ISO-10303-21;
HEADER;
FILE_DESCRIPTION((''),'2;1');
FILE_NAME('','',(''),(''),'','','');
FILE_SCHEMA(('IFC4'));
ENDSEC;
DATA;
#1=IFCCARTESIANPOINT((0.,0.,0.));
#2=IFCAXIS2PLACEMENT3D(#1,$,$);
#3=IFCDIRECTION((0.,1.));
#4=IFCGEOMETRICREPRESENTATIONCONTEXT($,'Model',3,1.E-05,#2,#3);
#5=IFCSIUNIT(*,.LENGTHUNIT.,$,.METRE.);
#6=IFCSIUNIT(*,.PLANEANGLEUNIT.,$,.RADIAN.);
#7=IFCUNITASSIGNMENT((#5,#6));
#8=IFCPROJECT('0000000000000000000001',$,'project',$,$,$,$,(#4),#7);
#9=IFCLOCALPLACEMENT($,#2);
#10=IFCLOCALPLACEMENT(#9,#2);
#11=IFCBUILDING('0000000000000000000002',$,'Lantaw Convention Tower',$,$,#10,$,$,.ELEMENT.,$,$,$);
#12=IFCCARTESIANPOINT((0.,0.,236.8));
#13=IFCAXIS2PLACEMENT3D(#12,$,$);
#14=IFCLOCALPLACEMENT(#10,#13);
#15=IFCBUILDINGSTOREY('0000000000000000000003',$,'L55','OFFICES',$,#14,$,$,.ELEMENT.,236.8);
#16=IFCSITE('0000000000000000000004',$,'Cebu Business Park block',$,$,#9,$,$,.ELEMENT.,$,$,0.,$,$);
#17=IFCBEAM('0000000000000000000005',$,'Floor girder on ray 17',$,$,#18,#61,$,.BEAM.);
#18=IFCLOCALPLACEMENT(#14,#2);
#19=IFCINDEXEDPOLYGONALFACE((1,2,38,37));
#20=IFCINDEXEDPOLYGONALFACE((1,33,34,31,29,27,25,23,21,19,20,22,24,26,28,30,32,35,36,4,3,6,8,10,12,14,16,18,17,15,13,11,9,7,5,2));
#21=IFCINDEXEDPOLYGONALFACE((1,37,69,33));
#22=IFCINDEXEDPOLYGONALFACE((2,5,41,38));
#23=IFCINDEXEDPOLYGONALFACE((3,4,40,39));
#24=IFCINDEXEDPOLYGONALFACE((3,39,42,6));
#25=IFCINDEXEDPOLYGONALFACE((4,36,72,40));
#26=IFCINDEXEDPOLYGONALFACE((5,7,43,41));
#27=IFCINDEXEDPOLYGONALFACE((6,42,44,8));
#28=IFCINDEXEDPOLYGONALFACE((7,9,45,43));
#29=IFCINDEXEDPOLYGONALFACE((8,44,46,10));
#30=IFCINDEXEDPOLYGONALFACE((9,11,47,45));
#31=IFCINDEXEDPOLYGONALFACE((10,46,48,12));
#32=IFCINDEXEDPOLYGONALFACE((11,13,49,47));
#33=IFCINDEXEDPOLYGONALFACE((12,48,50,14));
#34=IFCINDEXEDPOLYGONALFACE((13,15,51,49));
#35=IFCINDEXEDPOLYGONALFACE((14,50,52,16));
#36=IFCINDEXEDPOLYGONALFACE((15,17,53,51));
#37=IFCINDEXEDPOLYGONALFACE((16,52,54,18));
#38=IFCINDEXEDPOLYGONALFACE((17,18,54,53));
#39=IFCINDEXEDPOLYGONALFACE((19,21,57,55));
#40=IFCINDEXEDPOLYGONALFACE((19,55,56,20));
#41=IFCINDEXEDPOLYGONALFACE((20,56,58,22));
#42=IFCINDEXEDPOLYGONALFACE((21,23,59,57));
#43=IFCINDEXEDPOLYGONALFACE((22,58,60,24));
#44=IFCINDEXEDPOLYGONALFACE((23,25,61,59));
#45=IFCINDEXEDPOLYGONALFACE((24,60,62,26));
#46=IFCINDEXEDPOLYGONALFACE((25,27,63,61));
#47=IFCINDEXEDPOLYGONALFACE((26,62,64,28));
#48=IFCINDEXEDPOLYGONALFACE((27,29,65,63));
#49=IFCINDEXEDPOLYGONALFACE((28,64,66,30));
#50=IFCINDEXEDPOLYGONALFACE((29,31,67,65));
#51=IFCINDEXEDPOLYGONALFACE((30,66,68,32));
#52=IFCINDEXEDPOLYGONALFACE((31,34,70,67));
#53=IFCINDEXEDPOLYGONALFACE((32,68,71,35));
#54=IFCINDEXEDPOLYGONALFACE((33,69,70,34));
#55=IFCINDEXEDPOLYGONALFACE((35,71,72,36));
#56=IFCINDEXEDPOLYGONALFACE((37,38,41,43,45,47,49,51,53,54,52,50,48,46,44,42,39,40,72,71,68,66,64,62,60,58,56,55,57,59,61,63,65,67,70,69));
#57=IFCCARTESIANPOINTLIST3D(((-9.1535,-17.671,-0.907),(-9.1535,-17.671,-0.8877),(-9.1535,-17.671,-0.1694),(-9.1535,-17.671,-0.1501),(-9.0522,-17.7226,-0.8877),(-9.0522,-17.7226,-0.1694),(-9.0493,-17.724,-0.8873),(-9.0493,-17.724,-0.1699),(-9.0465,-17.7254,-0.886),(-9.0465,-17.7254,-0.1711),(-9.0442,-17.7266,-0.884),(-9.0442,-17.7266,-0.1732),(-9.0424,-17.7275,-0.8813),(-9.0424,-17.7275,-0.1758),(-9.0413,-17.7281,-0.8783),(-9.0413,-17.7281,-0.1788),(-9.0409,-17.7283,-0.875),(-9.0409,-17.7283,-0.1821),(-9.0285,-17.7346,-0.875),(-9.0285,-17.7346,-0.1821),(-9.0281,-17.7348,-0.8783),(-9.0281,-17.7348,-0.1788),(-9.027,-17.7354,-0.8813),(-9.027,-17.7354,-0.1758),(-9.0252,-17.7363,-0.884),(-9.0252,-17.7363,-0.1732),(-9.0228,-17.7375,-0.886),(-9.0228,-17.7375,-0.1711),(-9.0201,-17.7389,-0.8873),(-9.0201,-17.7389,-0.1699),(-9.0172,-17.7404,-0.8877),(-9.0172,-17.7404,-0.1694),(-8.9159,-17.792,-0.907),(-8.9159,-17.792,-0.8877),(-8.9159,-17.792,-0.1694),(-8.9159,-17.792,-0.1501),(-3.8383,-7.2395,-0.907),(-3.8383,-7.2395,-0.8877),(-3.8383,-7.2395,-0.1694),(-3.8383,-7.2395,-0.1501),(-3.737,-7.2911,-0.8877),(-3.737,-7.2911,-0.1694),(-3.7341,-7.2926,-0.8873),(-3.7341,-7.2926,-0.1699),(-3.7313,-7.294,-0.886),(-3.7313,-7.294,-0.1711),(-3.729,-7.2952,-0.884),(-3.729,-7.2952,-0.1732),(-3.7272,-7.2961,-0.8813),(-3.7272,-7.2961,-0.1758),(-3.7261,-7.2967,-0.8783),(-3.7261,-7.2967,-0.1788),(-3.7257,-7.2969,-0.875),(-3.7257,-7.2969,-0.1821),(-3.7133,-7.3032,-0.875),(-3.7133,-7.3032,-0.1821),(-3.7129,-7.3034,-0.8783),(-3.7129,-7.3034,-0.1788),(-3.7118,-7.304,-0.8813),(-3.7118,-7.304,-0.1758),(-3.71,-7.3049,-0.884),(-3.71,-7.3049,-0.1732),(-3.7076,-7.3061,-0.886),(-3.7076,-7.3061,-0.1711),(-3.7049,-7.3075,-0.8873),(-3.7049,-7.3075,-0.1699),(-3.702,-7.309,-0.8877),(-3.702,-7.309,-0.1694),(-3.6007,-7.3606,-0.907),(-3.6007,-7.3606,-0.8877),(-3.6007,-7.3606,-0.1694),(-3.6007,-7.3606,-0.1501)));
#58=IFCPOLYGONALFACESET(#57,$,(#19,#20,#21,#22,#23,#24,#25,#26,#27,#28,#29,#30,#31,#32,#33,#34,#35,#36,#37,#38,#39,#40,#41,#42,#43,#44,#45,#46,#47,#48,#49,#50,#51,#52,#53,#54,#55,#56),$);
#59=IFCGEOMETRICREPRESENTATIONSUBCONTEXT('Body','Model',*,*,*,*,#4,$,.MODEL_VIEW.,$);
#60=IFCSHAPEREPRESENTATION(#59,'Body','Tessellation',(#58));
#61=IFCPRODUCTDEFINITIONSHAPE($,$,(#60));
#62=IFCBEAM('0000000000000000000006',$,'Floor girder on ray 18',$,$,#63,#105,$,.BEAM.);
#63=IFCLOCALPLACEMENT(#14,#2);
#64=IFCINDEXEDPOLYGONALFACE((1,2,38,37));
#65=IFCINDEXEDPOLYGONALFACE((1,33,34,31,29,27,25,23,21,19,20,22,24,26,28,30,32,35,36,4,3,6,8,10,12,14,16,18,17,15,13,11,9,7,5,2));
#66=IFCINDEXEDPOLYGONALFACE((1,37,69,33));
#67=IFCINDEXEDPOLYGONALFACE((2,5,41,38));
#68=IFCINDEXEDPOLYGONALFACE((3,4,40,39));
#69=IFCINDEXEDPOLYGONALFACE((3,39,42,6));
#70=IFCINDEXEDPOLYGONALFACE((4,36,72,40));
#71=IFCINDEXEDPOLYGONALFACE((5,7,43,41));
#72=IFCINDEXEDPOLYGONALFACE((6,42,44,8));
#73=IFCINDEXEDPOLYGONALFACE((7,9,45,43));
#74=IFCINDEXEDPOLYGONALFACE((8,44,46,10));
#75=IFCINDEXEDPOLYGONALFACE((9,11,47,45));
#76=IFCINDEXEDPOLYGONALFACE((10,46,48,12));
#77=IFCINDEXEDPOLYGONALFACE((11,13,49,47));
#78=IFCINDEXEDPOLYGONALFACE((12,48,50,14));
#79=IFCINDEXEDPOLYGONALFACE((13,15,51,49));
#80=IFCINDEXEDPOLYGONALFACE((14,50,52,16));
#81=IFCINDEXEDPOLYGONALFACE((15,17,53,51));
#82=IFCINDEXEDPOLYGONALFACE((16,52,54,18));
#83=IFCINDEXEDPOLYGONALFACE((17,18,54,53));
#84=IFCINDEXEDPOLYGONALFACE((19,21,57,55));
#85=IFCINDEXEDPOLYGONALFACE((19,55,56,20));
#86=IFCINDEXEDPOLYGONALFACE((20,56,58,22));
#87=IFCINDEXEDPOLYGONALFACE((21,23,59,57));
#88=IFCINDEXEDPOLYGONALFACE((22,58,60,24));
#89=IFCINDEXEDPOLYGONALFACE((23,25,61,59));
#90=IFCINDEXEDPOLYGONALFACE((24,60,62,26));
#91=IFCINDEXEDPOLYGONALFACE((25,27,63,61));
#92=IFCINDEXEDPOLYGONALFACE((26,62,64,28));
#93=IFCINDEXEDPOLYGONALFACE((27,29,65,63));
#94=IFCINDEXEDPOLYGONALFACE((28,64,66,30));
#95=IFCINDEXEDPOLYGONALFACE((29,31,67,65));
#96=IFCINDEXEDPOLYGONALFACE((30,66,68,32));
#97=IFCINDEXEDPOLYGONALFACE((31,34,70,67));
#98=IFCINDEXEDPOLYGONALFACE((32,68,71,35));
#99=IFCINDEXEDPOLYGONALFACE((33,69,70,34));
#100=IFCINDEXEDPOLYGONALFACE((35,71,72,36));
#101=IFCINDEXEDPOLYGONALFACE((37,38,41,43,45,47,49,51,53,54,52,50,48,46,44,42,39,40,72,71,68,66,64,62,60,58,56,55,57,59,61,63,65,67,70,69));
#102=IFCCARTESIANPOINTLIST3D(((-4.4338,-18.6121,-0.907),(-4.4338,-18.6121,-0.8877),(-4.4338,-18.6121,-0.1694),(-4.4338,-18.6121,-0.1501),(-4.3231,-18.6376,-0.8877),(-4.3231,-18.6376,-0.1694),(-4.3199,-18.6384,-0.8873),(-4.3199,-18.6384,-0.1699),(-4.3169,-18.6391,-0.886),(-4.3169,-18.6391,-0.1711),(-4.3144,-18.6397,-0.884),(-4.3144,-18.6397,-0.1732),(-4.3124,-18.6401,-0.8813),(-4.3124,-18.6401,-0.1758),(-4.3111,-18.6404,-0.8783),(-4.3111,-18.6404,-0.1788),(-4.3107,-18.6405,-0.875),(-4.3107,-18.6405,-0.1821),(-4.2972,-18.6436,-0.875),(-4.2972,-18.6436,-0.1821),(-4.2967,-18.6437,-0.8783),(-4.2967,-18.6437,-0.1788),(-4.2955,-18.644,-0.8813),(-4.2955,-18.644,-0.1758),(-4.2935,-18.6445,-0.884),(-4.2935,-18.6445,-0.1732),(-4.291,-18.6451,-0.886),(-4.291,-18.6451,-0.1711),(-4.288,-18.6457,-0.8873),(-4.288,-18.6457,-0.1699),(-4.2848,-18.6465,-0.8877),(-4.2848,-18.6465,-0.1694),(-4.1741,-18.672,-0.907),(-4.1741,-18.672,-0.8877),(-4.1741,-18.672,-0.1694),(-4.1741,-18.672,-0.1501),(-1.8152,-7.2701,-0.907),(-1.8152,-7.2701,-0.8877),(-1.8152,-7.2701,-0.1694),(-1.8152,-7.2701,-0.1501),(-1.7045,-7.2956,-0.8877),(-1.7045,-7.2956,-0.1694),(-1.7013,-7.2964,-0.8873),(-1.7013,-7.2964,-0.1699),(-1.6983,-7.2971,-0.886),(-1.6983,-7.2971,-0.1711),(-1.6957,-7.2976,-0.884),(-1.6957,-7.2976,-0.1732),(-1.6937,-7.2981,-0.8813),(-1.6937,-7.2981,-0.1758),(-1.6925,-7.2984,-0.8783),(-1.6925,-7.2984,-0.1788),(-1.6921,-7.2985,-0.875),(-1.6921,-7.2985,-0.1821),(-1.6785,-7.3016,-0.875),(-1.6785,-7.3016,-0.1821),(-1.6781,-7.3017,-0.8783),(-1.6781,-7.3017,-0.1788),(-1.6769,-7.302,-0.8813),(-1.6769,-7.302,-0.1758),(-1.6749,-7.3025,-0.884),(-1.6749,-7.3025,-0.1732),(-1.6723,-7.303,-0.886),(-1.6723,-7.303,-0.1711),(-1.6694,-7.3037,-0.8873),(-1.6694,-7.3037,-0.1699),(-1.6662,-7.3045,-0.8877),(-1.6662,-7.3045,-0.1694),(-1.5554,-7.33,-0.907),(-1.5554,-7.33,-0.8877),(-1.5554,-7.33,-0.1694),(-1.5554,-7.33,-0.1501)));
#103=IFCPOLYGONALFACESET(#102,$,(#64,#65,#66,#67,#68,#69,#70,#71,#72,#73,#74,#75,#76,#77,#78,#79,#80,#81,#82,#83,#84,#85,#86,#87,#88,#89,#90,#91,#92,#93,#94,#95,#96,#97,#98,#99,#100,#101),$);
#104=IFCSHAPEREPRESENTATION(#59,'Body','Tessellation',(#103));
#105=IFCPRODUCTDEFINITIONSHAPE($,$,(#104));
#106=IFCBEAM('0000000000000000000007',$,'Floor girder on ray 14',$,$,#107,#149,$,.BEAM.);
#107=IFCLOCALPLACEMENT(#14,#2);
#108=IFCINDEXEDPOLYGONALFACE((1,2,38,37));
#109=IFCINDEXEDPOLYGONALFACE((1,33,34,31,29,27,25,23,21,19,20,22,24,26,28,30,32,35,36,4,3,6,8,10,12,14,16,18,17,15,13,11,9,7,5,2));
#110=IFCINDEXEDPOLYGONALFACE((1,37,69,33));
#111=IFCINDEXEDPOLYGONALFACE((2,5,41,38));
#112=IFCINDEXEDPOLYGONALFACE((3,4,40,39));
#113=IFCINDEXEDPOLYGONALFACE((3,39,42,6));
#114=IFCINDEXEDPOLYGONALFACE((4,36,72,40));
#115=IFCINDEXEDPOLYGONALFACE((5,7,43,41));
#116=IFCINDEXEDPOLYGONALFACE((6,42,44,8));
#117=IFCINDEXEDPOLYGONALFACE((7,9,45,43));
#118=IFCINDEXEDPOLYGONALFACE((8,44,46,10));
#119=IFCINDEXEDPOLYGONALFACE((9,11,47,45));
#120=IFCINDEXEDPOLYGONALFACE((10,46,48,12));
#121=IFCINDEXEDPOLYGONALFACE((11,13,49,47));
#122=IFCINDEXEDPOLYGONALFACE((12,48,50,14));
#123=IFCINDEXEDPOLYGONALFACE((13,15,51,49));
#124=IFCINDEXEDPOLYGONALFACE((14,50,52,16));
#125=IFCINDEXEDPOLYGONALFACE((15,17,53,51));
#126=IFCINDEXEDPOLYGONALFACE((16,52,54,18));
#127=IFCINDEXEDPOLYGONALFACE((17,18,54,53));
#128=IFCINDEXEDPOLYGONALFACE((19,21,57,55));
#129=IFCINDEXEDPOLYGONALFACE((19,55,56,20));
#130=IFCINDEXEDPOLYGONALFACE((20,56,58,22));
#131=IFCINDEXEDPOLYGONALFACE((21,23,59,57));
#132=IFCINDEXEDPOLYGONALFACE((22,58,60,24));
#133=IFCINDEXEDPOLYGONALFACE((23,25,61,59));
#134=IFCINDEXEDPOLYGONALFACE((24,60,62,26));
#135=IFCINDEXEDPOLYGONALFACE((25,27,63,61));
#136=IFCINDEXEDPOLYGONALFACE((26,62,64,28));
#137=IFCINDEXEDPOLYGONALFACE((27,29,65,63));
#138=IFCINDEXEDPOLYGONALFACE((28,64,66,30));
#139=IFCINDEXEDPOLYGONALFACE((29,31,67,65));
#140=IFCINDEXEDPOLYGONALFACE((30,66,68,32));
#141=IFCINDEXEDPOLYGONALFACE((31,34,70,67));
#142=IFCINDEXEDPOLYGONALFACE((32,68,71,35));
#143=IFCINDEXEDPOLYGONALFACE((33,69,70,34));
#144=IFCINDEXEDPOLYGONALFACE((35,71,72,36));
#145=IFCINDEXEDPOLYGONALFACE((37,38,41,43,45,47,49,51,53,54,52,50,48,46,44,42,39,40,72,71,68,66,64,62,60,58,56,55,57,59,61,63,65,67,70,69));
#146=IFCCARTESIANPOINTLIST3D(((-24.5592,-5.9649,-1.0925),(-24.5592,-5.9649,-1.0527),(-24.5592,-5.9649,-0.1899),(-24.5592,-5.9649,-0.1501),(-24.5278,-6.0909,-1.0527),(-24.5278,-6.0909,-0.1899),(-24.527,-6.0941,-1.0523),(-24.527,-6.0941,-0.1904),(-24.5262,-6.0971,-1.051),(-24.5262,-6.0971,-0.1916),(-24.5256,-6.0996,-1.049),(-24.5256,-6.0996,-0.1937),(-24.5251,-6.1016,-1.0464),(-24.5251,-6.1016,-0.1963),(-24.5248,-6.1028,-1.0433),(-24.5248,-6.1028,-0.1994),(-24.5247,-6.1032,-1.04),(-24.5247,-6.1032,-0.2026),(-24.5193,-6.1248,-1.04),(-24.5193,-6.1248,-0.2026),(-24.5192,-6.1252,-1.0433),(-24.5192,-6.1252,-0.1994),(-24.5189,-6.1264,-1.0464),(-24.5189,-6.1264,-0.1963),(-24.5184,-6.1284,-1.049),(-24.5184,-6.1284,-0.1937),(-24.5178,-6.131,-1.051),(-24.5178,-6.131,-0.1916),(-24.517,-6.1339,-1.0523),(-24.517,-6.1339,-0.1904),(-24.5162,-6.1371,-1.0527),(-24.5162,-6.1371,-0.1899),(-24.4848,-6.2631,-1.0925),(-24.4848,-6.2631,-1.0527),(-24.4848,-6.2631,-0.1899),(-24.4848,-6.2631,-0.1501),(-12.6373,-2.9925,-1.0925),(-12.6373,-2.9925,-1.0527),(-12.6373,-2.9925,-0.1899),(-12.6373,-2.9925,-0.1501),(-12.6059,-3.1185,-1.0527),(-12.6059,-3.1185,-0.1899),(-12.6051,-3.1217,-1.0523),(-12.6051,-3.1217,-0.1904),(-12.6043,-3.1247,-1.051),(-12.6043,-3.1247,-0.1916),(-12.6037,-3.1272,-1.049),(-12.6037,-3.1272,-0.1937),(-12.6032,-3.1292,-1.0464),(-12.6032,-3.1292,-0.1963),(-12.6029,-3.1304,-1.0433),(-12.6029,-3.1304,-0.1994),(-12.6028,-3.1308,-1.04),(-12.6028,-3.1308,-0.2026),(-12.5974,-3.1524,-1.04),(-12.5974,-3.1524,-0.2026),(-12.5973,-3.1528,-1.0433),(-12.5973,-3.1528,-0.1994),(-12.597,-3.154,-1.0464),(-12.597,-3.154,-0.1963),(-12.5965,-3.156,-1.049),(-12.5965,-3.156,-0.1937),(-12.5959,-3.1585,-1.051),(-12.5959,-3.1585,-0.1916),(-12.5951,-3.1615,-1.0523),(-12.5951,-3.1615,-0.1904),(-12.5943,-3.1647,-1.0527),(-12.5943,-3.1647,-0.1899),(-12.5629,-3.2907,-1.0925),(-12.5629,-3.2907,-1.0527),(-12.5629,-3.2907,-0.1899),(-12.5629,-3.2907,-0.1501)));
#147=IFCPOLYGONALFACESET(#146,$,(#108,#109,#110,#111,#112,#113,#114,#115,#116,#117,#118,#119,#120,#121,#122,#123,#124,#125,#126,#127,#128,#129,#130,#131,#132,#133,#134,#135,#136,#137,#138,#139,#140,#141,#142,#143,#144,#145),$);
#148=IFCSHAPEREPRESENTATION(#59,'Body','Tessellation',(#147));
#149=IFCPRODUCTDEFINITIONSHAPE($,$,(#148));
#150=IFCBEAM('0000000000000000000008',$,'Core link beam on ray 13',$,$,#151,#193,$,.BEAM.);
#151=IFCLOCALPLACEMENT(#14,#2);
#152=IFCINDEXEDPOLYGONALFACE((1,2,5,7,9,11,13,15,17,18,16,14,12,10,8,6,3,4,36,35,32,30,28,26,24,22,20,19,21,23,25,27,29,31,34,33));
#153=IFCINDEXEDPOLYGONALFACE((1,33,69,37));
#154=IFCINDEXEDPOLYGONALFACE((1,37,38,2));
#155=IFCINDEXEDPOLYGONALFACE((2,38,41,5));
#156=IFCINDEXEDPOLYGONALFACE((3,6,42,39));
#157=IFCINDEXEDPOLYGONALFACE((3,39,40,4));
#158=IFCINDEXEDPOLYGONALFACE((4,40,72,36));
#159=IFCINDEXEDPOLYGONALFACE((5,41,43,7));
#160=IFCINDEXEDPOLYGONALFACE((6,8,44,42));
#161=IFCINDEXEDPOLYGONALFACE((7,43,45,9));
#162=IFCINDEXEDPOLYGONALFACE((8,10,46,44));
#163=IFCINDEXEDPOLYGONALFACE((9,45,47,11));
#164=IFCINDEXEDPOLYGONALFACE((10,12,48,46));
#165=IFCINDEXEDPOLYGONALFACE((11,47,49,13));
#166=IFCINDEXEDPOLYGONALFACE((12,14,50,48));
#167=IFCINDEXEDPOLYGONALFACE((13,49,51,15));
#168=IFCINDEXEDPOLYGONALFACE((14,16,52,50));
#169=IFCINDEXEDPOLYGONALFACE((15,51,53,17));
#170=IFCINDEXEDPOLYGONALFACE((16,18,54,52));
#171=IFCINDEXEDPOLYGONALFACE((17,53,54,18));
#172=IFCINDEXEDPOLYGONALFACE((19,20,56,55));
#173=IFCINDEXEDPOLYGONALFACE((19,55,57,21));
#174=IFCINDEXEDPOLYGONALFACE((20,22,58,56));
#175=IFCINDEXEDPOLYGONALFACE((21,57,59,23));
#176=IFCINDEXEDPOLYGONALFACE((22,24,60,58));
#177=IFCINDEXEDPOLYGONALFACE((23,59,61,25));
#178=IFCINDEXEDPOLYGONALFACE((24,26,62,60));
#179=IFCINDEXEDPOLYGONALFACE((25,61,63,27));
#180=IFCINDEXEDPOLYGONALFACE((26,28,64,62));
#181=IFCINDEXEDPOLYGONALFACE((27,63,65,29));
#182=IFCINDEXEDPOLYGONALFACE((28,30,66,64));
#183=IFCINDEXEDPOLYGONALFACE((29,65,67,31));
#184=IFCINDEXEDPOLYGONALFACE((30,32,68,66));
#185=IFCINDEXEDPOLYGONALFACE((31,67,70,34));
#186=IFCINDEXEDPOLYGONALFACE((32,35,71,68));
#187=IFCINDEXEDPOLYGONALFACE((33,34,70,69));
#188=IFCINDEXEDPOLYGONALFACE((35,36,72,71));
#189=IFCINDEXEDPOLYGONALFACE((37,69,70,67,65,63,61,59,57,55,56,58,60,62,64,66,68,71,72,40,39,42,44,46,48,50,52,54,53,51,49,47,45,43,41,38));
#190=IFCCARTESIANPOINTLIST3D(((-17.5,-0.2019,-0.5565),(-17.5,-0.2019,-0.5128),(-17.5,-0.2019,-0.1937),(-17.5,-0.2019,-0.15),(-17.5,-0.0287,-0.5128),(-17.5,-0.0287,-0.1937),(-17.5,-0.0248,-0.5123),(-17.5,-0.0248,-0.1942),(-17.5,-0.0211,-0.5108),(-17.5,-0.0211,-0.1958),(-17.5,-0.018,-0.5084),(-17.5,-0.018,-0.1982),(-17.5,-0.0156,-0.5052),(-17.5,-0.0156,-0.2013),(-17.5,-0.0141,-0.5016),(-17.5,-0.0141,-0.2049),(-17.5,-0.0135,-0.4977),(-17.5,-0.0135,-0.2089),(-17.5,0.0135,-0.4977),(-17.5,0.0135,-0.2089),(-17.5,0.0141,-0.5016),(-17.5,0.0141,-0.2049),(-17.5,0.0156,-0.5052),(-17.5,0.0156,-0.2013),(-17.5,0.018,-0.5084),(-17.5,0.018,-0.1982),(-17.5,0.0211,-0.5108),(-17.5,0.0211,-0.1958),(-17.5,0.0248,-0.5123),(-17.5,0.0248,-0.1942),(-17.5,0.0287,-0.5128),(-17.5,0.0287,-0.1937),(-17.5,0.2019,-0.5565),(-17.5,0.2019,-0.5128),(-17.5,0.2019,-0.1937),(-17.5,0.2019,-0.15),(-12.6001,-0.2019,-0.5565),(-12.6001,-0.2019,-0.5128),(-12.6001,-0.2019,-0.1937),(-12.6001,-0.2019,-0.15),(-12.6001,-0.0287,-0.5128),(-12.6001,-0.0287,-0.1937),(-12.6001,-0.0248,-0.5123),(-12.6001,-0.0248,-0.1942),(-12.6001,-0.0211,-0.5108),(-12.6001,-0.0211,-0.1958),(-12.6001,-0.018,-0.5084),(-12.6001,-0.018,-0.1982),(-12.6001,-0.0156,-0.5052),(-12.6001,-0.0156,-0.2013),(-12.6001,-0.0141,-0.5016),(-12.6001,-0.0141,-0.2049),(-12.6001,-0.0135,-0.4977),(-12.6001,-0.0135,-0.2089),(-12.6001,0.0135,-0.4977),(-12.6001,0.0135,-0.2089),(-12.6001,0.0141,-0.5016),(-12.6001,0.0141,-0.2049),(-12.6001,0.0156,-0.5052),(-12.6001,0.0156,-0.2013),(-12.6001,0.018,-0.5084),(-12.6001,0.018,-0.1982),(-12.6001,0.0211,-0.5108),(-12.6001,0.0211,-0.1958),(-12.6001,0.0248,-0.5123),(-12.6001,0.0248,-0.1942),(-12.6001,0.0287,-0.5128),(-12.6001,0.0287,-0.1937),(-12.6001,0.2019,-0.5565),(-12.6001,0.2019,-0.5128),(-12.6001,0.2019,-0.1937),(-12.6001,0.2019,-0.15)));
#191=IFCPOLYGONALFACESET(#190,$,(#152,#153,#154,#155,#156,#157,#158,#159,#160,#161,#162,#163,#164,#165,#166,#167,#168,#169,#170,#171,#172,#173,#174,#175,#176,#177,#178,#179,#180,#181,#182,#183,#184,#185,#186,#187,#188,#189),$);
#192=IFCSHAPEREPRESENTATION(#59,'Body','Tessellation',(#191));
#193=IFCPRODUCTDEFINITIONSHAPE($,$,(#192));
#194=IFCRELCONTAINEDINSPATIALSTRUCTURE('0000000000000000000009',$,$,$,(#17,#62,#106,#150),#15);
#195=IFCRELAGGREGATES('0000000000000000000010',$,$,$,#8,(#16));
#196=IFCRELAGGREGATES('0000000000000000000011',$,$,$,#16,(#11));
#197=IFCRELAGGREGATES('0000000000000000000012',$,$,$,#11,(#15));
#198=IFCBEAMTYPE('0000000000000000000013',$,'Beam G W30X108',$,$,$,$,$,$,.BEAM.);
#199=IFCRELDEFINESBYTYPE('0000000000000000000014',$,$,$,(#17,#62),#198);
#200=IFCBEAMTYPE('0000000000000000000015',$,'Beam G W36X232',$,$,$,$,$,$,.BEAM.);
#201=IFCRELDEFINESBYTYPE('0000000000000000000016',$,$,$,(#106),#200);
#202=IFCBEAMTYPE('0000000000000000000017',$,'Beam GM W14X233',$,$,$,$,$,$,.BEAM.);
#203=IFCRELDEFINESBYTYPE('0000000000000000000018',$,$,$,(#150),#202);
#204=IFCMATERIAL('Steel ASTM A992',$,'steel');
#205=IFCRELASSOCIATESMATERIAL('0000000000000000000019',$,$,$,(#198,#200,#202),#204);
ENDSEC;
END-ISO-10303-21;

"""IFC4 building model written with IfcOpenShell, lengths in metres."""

from ifc_helpers import new_model, si_unit, direction, frame, origin, origin_2d, place, context, subcontext, project, spatial, i_section, extrude, material, material_profile, profile_set, type_object, element, save


model = new_model("IFC4")

# Units and contexts
model_context = context("Model", 3, precision=1e-05, world=origin(), true_north=direction((0.0, 1.0)))
body_context = subcontext(model_context, "Body", "Model", "MODEL_VIEW")
ifc_project = project(units=[si_unit("LENGTHUNIT", "METRE"), si_unit("PLANEANGLEUNIT", "RADIAN")], contexts=[model_context])

# Site, building, storey
site_placement = place(None, origin())
site = spatial("IfcSite", under=ifc_project, at=site_placement, Name="Cebu Business Park block", CompositionType="ELEMENT", RefElevation=0.0)
building_placement = place(site_placement, origin())
building = spatial("IfcBuilding", under=site, at=building_placement, Name="Lantaw Convention Tower", CompositionType="ELEMENT")
storey_placement = place(building_placement, frame((0.0, 0.0, 236.8)))
storey = spatial("IfcBuildingStorey", under=building, at=storey_placement, Name="L55", Description="OFFICES", CompositionType="ELEMENT", Elevation=236.8)

# Beams
ifc_material_1 = material(Name="Steel ASTM A992", Category="steel")
ifc_material_profile_1 = material_profile(ifc_material_1, i_section(OverallWidth=0.2666, OverallDepth=0.7568, WebThickness=0.0139, FlangeThickness=0.0193, FilletRadius=0.0127, at=origin_2d()), Name="W30X108")
ifc_profile_set_1 = profile_set([ifc_material_profile_1], Name="Steel ASTM A992")
beam_type_1 = type_object("IfcBeamType", Name="Beam G W30X108", PredefinedType="BEAM", material=ifc_profile_set_1)
beam_1_placement = place(storey_placement, frame((-3.7195, -7.3, -0.5286), z_axis=(-0.453999, -0.891002, 0.0), x_axis=(0.891002, -0.453999, 0.0)))
element("IfcBeam", 1, at=beam_1_placement, inside=storey, type_object=beam_type_1, Name="Floor girder on ray 17", PredefinedType="BEAM", context=body_context, shape_type="SweptSolid", body=[
    extrude(i_section(OverallWidth=0.2666, OverallDepth=0.7568, WebThickness=0.0139, FlangeThickness=0.0193, FilletRadius=0.0127, at=origin_2d()), origin(), (0.0, 0.0, 1.0), 11.7075),
])
beam_2_placement = place(storey_placement, frame((-1.6853, -7.3, -0.5286), z_axis=(-0.224962, -0.974368, 0.0), x_axis=(0.974368, -0.224962, 0.0)))
element("IfcBeam", 2, at=beam_2_placement, inside=storey, type_object=beam_type_1, Name="Floor girder on ray 18", PredefinedType="BEAM", context=body_context, shape_type="SweptSolid", body=[
    extrude(i_section(OverallWidth=0.2666, OverallDepth=0.7568, WebThickness=0.0139, FlangeThickness=0.0193, FilletRadius=0.0127, at=origin_2d()), origin(), (0.0, 0.0, 1.0), 11.6404),
])
ifc_material_profile_2 = material_profile(ifc_material_1, i_section(OverallWidth=0.3074, OverallDepth=0.9424, WebThickness=0.0222, FlangeThickness=0.0398, FilletRadius=0.0127, at=origin_2d()), Name="W36X232")
ifc_profile_set_2 = profile_set([ifc_material_profile_2], Name="Steel ASTM A992")
beam_type_2 = type_object("IfcBeamType", Name="Beam G W36X232", PredefinedType="BEAM", material=ifc_profile_set_2)
beam_3_placement = place(storey_placement, frame((-12.6001, -3.1416, -0.6213), z_axis=(-0.970297, -0.241918, 0.0), x_axis=(0.241918, -0.970297, 0.0)))
element("IfcBeam", 3, at=beam_3_placement, inside=storey, type_object=beam_type_2, Name="Floor girder on ray 14", PredefinedType="BEAM", context=body_context, shape_type="SweptSolid", body=[
    extrude(i_section(OverallWidth=0.3074, OverallDepth=0.9424, WebThickness=0.0222, FlangeThickness=0.0398, FilletRadius=0.0127, at=origin_2d()), origin(), (0.0, 0.0, 1.0), 12.2869),
])
ifc_material_profile_3 = material_profile(ifc_material_1, i_section(OverallWidth=0.4038, OverallDepth=0.4065, WebThickness=0.0271, FlangeThickness=0.0437, FilletRadius=0.0151, at=origin_2d()), Name="W14X233")
ifc_profile_set_3 = profile_set([ifc_material_profile_3], Name="Steel ASTM A992")
beam_type_3 = type_object("IfcBeamType", Name="Beam GM W14X233", PredefinedType="BEAM", material=ifc_profile_set_3)
beam_4_placement = place(storey_placement, frame((-12.6001, 0.0, -0.3533), z_axis=(-1.0, 0.0, 0.0), x_axis=(0.0, -1.0, 0.0)))
element("IfcBeam", 4, at=beam_4_placement, inside=storey, type_object=beam_type_3, Name="Core link beam on ray 13", PredefinedType="BEAM", context=body_context, shape_type="SweptSolid", body=[
    extrude(i_section(OverallWidth=0.4038, OverallDepth=0.4065, WebThickness=0.0271, FlangeThickness=0.0437, FilletRadius=0.0151, at=origin_2d()), origin(), (0.0, 0.0, 1.0), 4.8999),
])

save(model, "model.ifc")
